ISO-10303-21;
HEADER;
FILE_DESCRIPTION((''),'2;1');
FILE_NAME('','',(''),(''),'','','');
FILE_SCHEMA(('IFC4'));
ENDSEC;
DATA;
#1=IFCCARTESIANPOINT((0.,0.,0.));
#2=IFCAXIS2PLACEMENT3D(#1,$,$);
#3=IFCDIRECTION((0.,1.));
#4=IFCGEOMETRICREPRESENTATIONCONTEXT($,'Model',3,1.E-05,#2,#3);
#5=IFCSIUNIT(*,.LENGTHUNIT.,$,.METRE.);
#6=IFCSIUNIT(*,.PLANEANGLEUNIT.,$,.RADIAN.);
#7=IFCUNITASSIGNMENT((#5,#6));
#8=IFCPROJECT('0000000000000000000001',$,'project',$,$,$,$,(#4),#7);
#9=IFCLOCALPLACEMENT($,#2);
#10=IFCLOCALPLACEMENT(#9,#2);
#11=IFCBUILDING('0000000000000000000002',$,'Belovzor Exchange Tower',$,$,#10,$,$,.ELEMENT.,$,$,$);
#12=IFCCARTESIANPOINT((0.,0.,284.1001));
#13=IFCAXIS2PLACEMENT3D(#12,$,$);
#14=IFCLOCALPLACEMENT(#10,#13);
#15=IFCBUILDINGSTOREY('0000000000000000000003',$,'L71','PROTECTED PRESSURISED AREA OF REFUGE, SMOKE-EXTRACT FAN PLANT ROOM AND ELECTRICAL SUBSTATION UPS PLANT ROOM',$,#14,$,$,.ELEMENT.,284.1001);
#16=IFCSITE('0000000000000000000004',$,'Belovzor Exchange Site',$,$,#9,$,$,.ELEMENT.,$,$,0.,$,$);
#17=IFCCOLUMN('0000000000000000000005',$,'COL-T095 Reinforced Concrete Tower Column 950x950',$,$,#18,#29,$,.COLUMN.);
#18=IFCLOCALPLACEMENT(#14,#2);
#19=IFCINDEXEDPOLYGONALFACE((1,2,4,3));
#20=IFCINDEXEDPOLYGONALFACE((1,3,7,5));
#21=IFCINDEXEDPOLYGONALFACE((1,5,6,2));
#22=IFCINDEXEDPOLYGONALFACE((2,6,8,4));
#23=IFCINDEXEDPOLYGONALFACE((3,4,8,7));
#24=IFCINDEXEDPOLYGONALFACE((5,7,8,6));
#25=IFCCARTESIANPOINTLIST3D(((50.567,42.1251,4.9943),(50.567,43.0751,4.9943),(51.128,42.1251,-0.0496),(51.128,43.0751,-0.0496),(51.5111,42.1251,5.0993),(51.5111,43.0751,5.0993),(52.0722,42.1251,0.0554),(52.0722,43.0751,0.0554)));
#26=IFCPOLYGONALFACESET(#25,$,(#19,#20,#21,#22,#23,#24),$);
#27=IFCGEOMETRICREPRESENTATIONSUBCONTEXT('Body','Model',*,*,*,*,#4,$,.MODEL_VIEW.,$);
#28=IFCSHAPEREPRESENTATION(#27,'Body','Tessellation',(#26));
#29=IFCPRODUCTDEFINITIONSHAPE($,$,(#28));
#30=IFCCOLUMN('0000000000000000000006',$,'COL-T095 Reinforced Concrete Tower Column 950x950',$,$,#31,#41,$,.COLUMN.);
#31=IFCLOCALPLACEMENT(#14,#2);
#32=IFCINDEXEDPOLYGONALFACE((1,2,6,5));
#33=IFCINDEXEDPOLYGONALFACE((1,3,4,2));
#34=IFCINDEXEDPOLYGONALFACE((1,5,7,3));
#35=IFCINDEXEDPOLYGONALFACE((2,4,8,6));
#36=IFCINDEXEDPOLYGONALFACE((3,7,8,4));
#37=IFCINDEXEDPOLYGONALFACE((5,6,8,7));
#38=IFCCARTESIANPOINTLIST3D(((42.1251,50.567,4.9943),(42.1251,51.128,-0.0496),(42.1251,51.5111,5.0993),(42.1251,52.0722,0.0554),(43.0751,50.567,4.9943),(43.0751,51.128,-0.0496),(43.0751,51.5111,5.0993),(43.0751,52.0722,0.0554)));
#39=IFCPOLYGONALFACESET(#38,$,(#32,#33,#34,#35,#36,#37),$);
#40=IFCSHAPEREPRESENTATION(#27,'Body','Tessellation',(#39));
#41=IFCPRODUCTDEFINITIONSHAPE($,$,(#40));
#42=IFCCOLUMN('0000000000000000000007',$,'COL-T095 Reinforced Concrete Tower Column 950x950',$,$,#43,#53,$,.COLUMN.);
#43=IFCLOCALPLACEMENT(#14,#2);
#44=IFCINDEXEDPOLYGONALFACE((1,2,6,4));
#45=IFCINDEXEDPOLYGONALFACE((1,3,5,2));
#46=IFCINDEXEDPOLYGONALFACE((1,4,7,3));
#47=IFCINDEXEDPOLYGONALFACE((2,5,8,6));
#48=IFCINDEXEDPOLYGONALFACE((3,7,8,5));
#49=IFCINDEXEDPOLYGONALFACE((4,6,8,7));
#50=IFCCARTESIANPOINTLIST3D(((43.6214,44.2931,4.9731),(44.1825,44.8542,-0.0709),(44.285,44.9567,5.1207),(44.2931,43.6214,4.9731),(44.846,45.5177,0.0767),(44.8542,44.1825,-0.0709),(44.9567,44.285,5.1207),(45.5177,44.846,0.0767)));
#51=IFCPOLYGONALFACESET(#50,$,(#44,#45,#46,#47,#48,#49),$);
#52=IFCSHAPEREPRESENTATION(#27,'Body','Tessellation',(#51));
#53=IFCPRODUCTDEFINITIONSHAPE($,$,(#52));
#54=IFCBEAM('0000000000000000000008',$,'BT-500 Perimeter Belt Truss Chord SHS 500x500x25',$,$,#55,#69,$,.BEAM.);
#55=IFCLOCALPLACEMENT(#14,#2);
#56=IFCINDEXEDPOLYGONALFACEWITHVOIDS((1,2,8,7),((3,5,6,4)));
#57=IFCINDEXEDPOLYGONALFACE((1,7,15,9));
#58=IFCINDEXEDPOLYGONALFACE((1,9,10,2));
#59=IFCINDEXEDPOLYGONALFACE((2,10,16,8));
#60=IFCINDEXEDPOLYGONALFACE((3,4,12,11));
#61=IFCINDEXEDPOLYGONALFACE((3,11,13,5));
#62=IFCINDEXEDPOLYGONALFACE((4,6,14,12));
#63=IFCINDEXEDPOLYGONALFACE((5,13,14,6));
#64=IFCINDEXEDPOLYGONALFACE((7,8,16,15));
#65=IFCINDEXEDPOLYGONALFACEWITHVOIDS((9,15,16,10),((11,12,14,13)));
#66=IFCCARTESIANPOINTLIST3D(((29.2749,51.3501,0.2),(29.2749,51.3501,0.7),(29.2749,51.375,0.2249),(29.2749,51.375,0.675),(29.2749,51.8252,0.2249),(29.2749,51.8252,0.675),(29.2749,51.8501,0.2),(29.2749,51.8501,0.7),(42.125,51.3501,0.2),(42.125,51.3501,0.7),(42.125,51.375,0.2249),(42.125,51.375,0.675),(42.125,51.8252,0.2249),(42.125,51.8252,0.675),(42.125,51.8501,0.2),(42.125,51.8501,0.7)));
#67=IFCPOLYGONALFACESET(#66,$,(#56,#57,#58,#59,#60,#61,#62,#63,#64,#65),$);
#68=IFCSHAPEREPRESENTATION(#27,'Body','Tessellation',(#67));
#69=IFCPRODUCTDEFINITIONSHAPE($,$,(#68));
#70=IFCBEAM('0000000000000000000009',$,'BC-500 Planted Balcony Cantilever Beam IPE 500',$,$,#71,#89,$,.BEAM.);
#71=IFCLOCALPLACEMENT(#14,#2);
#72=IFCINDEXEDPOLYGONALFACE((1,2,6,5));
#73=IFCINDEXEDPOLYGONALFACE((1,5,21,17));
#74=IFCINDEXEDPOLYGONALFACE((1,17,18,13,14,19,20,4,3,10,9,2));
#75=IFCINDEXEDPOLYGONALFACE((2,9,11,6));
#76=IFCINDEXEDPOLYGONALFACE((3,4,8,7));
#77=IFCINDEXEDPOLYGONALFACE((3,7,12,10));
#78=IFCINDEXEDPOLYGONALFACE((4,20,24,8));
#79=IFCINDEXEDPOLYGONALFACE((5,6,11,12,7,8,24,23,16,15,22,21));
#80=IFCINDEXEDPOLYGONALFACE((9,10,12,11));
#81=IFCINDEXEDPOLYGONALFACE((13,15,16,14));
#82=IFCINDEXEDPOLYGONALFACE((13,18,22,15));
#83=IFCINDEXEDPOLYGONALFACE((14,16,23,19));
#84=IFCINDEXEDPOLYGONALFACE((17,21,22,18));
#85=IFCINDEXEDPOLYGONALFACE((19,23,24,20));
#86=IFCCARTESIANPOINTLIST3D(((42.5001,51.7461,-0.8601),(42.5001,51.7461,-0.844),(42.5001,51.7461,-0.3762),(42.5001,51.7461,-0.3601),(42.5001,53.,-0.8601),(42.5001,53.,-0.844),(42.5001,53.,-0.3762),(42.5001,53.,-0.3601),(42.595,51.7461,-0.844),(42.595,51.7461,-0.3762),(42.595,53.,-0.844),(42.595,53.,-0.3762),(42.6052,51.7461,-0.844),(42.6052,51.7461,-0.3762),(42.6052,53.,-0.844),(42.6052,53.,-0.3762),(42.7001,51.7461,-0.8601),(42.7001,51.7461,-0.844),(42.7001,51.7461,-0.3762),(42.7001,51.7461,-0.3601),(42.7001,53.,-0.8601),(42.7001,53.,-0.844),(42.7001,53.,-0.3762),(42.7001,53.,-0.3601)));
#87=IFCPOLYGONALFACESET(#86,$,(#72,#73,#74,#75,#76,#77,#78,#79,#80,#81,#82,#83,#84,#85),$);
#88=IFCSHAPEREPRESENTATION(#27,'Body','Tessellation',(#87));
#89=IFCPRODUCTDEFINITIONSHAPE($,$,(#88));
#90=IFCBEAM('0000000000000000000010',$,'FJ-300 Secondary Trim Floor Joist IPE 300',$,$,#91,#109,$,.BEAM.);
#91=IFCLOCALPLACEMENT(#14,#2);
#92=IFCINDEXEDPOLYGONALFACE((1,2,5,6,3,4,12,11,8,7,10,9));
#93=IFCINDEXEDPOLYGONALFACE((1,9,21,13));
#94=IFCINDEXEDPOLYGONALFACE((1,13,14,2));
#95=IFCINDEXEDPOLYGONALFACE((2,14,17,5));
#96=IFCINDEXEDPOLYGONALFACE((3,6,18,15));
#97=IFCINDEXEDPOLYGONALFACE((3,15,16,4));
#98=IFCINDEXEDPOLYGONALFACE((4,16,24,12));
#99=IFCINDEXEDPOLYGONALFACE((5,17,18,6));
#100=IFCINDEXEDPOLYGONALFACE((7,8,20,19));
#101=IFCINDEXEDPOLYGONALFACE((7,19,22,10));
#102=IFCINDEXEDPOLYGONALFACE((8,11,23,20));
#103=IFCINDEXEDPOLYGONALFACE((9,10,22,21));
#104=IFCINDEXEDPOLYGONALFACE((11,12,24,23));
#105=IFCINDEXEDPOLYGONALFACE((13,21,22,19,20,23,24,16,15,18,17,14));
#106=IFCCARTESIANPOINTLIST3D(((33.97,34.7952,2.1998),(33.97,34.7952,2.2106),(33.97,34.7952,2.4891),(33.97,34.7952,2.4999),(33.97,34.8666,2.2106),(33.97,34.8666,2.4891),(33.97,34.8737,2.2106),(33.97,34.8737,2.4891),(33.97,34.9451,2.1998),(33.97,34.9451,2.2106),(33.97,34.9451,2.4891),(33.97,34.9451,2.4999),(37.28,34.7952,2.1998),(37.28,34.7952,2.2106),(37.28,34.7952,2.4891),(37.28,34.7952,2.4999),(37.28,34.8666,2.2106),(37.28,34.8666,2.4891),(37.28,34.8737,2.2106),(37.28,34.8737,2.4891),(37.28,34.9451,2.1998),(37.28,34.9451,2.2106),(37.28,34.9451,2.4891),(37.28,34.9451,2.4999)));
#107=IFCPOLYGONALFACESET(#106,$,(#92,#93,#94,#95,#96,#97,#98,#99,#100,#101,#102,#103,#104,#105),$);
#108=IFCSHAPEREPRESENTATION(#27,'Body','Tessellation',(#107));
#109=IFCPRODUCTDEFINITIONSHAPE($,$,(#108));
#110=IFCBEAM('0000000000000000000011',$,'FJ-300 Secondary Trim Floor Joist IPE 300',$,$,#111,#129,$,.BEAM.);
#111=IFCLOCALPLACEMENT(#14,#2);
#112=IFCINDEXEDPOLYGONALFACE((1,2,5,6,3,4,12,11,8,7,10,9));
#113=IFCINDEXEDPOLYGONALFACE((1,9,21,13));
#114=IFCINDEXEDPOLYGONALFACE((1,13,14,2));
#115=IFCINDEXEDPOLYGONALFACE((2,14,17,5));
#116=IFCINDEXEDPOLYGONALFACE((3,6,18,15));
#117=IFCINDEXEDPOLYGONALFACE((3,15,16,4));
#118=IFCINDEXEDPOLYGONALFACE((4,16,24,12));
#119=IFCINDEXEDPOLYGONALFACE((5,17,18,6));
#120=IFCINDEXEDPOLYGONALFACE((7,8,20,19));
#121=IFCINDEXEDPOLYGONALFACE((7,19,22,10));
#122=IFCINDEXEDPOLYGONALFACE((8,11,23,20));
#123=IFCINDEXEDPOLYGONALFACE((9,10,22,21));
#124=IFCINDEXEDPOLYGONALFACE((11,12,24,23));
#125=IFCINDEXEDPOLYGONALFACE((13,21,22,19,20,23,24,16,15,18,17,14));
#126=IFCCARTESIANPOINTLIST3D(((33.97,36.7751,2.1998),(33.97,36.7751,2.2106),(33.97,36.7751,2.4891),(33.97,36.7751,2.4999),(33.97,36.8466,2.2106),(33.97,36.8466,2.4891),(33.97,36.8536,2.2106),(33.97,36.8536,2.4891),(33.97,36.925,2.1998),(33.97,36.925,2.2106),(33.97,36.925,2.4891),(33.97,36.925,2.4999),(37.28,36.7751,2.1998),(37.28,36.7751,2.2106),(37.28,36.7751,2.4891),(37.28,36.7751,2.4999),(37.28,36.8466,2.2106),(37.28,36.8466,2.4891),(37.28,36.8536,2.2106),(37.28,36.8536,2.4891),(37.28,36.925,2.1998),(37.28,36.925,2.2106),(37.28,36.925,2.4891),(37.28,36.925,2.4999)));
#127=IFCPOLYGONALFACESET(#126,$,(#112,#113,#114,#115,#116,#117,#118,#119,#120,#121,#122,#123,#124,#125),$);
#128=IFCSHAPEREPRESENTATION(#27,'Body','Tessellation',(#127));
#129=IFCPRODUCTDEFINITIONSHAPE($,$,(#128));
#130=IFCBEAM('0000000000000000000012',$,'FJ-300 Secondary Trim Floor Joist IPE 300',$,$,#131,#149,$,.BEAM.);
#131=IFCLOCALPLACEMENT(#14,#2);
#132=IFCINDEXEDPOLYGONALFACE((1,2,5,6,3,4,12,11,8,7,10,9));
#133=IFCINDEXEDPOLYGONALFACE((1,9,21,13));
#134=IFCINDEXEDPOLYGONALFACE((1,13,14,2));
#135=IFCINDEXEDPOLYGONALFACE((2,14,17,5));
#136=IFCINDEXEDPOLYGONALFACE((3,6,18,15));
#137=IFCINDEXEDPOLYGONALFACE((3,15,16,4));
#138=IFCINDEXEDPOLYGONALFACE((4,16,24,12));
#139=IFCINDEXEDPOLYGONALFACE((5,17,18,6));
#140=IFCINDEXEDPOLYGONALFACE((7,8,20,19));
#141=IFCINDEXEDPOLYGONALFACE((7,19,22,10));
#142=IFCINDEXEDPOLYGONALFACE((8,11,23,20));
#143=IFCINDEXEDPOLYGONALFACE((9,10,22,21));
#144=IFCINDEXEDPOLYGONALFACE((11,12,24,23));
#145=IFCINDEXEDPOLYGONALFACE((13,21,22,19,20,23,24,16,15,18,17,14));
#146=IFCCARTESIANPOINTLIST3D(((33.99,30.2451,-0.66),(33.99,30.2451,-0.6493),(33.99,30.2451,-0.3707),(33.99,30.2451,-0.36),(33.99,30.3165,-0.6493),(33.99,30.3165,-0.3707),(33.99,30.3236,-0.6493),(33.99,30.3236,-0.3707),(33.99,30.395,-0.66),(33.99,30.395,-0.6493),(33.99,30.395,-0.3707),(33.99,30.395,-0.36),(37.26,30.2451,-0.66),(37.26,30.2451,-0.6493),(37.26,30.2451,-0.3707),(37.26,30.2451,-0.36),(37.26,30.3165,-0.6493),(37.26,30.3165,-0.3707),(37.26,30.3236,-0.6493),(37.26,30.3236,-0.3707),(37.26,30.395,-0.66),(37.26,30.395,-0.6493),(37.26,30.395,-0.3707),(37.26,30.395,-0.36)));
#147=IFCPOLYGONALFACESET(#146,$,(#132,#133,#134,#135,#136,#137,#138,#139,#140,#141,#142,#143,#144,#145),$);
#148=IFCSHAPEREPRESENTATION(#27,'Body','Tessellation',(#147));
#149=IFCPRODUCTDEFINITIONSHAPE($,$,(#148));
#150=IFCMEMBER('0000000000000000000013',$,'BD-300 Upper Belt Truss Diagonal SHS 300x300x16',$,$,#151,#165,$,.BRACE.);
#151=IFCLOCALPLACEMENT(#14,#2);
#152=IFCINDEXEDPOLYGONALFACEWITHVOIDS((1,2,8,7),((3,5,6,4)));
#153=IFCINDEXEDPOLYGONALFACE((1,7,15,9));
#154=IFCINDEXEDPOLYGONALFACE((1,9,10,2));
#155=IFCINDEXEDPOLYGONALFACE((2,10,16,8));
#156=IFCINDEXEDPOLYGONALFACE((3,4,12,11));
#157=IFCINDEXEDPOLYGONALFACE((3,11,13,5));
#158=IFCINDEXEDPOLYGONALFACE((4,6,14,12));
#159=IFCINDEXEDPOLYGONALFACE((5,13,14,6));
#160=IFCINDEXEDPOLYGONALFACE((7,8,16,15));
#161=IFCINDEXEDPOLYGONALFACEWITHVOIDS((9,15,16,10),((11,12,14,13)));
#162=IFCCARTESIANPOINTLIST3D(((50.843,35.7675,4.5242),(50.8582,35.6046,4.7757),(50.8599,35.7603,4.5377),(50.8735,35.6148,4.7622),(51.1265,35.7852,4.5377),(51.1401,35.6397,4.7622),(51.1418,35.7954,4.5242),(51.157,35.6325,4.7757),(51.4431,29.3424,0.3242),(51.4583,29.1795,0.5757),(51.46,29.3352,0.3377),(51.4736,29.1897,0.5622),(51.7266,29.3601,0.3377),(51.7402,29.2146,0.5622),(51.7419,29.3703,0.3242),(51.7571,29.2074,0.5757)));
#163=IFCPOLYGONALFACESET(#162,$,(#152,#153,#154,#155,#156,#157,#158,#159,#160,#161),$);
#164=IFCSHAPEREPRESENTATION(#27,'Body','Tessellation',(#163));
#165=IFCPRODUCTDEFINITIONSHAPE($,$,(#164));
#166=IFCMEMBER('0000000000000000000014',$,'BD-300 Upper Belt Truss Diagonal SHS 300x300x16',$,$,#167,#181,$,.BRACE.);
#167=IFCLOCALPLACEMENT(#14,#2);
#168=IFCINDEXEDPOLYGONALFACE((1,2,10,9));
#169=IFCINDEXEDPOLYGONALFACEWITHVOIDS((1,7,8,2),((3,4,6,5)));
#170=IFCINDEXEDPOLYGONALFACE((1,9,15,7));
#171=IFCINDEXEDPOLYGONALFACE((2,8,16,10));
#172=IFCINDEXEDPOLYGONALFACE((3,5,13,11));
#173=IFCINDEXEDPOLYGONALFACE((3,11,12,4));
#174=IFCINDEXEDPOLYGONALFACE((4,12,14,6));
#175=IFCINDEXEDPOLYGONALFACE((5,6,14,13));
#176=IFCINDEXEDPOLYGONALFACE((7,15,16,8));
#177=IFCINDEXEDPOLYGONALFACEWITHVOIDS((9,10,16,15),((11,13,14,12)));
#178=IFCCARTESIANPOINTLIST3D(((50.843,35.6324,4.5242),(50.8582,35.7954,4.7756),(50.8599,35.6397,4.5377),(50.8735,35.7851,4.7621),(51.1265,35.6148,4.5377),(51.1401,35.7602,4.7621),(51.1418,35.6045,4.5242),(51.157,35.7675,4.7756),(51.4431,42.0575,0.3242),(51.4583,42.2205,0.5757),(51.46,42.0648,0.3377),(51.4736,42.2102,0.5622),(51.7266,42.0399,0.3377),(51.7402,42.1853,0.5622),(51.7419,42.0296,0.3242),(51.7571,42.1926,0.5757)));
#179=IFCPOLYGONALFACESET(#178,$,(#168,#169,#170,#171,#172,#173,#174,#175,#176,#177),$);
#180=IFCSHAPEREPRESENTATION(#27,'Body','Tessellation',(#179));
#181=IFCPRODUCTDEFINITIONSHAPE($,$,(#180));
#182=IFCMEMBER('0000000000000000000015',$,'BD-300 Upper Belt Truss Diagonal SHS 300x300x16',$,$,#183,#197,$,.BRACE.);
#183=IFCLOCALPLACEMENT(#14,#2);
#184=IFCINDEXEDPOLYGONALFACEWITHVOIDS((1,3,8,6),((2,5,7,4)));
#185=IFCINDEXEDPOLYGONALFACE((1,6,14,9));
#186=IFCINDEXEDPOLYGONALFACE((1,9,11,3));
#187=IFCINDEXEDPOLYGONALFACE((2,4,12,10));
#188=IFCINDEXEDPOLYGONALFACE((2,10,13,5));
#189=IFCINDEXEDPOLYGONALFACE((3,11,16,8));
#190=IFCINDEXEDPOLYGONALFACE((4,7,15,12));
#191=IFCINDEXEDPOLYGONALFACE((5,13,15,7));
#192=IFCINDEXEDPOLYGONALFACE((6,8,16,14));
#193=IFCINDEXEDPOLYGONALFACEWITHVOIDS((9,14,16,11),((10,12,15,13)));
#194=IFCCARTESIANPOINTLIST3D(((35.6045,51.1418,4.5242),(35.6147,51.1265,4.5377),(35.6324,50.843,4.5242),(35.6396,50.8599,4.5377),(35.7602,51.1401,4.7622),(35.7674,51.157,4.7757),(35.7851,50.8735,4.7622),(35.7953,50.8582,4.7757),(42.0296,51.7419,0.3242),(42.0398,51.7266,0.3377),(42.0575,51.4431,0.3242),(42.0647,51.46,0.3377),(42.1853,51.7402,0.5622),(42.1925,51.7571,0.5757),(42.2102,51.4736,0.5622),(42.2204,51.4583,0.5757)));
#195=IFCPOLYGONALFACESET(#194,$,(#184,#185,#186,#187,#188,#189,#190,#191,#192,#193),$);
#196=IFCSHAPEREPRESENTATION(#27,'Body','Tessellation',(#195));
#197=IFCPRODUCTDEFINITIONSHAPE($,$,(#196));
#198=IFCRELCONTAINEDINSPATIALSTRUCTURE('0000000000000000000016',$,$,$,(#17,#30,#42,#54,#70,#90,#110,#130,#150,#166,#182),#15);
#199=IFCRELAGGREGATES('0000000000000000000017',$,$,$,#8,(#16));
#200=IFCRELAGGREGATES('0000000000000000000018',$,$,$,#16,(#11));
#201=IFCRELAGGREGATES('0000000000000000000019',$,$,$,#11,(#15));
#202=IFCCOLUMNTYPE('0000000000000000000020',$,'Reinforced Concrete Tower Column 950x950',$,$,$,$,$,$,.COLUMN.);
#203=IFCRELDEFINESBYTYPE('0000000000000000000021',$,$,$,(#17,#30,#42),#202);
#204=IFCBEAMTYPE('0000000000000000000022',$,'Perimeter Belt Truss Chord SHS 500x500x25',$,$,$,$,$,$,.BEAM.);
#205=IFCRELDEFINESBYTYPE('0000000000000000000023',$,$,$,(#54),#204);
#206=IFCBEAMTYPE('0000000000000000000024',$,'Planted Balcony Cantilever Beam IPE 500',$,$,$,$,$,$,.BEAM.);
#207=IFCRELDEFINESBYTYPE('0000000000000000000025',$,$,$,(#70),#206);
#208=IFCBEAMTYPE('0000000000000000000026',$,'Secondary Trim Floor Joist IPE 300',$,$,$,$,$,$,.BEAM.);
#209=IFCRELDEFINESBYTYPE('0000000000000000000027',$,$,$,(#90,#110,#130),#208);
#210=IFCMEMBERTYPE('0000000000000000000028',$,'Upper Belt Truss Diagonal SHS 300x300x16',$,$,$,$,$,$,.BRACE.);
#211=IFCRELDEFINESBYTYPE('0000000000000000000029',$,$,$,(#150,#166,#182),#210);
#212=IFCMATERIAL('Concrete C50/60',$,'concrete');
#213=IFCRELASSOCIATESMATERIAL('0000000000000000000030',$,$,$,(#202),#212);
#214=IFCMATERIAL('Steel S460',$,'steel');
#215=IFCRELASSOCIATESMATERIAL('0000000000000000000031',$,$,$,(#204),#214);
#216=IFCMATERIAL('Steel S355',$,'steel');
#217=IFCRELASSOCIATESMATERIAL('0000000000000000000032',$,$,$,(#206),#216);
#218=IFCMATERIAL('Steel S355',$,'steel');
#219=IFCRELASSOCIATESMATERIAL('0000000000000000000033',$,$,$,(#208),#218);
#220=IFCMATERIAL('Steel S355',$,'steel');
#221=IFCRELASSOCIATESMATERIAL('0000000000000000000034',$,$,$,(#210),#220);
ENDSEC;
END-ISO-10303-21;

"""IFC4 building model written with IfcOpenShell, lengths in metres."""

from ifc_helpers import new_model, si_unit, direction, frame, origin, origin_2d, place, context, subcontext, project, spatial, rectangle, hollow_rectangle, i_section, extrude, material, material_profile, profile_set, type_object, element, save


model = new_model("IFC4")

# Units and contexts
model_context = context("Model", 3, precision=1e-05, world=origin(), true_north=direction((0.0, 1.0)))
body_context = subcontext(model_context, "Body", "Model", "MODEL_VIEW")
ifc_project = project(units=[si_unit("LENGTHUNIT", "METRE"), si_unit("PLANEANGLEUNIT", "RADIAN")], contexts=[model_context])

# Site, building, storey
site_placement = place(None, origin())
site = spatial("IfcSite", under=ifc_project, at=site_placement, Name="Belovzor Exchange Site", CompositionType="ELEMENT", RefElevation=0.0)
building_placement = place(site_placement, origin())
building = spatial("IfcBuilding", under=site, at=building_placement, Name="Belovzor Exchange Tower", CompositionType="ELEMENT")
storey_placement = place(building_placement, frame((0.0, 0.0, 284.1001)))
storey = spatial("IfcBuildingStorey", under=building, at=storey_placement, Name="L71", Description="PROTECTED PRESSURISED AREA OF REFUGE, SMOKE-EXTRACT FAN PLANT ROOM AND ELECTRICAL SUBSTATION UPS PLANT ROOM", CompositionType="ELEMENT", Elevation=284.1001)

# Columns
ifc_material_1 = material(Name="Concrete C50/60", Category="concrete")
ifc_material_profile_1 = material_profile(ifc_material_1, rectangle(XDim=0.95, YDim=0.95, at=origin_2d()))
ifc_profile_set_1 = profile_set([ifc_material_profile_1], Name="Concrete C50/60")
column_type = type_object("IfcColumnType", Name="Reinforced Concrete Tower Column 950x950", PredefinedType="COLUMN", material=ifc_profile_set_1)
for number, where, z_axis, x_axis, name in (
    (1, (51.6001, 42.6001, 0.0029), (-0.110548, 0.0, 0.993871), (0.0, -1.0, 0.0), "COL-T095 Reinforced Concrete Tower Column 950x950"),
    (2, (42.6001, 51.6001, 0.0029), (0.0, -0.110548, 0.993871), (1.0, 0.0, 0.0), "COL-T095 Reinforced Concrete Tower Column 950x950"),
):
    element("IfcColumn", number, at=place(storey_placement, frame(where, z_axis=z_axis, x_axis=x_axis)), inside=storey, type_object=column_type, Name=name, PredefinedType="COLUMN", context=body_context, shape_type="SweptSolid", body=[
        extrude(rectangle(XDim=0.95, YDim=0.95, at=origin_2d()), origin(), (0.0, 0.0, 1.0), 5.075),
    ])
column_placement = place(storey_placement, frame((44.8501, 44.8501, 0.0029), z_axis=(-0.109878, -0.109878, 0.987853), x_axis=(0.707107, -0.707107, 0.0)))
element("IfcColumn", 3, at=column_placement, inside=storey, type_object=column_type, Name="COL-T095 Reinforced Concrete Tower Column 950x950", PredefinedType="COLUMN", context=body_context, shape_type="SweptSolid", body=[
    extrude(rectangle(XDim=0.95, YDim=0.95, at=origin_2d()), origin(), (0.0, 0.0, 1.0), 5.106),
])

# Beams
ifc_material_2 = material(Name="Steel S460", Category="steel")
ifc_material_profile_2 = material_profile(ifc_material_2, hollow_rectangle(XDim=0.5, YDim=0.5, WallThickness=0.0249, at=origin_2d()))
ifc_profile_set_2 = profile_set([ifc_material_profile_2], Name="Steel S460")
beam_type_1 = type_object("IfcBeamType", Name="Perimeter Belt Truss Chord SHS 500x500x25", PredefinedType="BEAM", material=ifc_profile_set_2)
beam_1_placement = place(storey_placement, frame((42.125, 51.6001, 0.45), z_axis=(-1.0, 0.0, 0.0), x_axis=(0.0, -1.0, 0.0)))
element("IfcBeam", 4, at=beam_1_placement, inside=storey, type_object=beam_type_1, Name="BT-500 Perimeter Belt Truss Chord SHS 500x500x25", PredefinedType="BEAM", context=body_context, shape_type="SweptSolid", body=[
    extrude(hollow_rectangle(XDim=0.5, YDim=0.5, WallThickness=0.0249, at=origin_2d()), origin(), (0.0, 0.0, 1.0), 12.8501),
])
ifc_material_3 = material(Name="Steel S355", Category="steel")
ifc_material_profile_3 = material_profile(ifc_material_3, i_section(OverallWidth=0.2, OverallDepth=0.5, WebThickness=0.0103, FlangeThickness=0.0161, at=origin_2d()))
ifc_profile_set_3 = profile_set([ifc_material_profile_3], Name="Steel S355")
beam_type_2 = type_object("IfcBeamType", Name="Planted Balcony Cantilever Beam IPE 500", PredefinedType="BEAM", material=ifc_profile_set_3)
beam_2_placement = place(storey_placement, frame((42.6001, 51.7461, -0.6101), z_axis=(0.0, 1.0, 0.0), x_axis=(-1.0, 0.0, 0.0)))
element("IfcBeam", 5, at=beam_2_placement, inside=storey, type_object=beam_type_2, Name="BC-500 Planted Balcony Cantilever Beam IPE 500", PredefinedType="BEAM", context=body_context, shape_type="SweptSolid", body=[
    extrude(i_section(OverallWidth=0.2, OverallDepth=0.5, WebThickness=0.0103, FlangeThickness=0.0161, at=origin_2d()), origin(), (0.0, 0.0, 1.0), 1.2539),
])
ifc_material_4 = material(Name="Steel S355", Category="steel")
ifc_material_profile_4 = material_profile(ifc_material_4, i_section(OverallWidth=0.1499, OverallDepth=0.3, WebThickness=0.0071, FlangeThickness=0.0107, at=origin_2d()))
ifc_profile_set_4 = profile_set([ifc_material_profile_4], Name="Steel S355")
beam_type_3 = type_object("IfcBeamType", Name="Secondary Trim Floor Joist IPE 300", PredefinedType="BEAM", material=ifc_profile_set_4)
for number, where, z_axis, x_axis, name in (
    (6, (37.28, 34.8701, 2.3499), (-1.0, 0.0, 0.0), (0.0, -1.0, 0.0), "FJ-300 Secondary Trim Floor Joist IPE 300"),
    (7, (37.28, 36.8501, 2.3499), (-1.0, 0.0, 0.0), (0.0, -1.0, 0.0), "FJ-300 Secondary Trim Floor Joist IPE 300"),
):
    element("IfcBeam", number, at=place(storey_placement, frame(where, z_axis=z_axis, x_axis=x_axis)), inside=storey, type_object=beam_type_3, Name=name, PredefinedType="BEAM", context=body_context, shape_type="SweptSolid", body=[
        extrude(i_section(OverallWidth=0.1499, OverallDepth=0.3, WebThickness=0.0071, FlangeThickness=0.0107, at=origin_2d()), origin(), (0.0, 0.0, 1.0), 3.3101),
    ])
beam_3_placement = place(storey_placement, frame((37.26, 30.3201, -0.51), z_axis=(-1.0, 0.0, 0.0), x_axis=(0.0, -1.0, 0.0)))
element("IfcBeam", 8, at=beam_3_placement, inside=storey, type_object=beam_type_3, Name="FJ-300 Secondary Trim Floor Joist IPE 300", PredefinedType="BEAM", context=body_context, shape_type="SweptSolid", body=[
    extrude(i_section(OverallWidth=0.1499, OverallDepth=0.3, WebThickness=0.0071, FlangeThickness=0.0107, at=origin_2d()), origin(), (0.0, 0.0, 1.0), 3.27),
])

# Members
ifc_material_5 = material(Name="Steel S355", Category="steel")
ifc_material_profile_5 = material_profile(ifc_material_5, hollow_rectangle(XDim=0.3, YDim=0.3, WallThickness=0.0161, at=origin_2d()))
ifc_profile_set_5 = profile_set([ifc_material_profile_5], Name="Steel S355")
member_type_1 = type_object("IfcMemberType", Name="Upper Belt Truss Diagonal SHS 300x300x16", PredefinedType="BRACE", material=ifc_profile_set_5)
for number, where, z_axis, x_axis, name in (
    (9, (51.6001, 29.2749, 0.45), (-0.077941, 0.834486, 0.54549), (-0.995667, -0.092995, 0.0), "BD-300 Upper Belt Truss Diagonal SHS 300x300x16"),
    (10, (51.0, 35.7, 4.6499), (0.077941, 0.834486, -0.54549), (-0.995667, 0.092995, 0.0), "BD-300 Upper Belt Truss Diagonal SHS 300x300x16"),
    (11, (42.125, 51.6001, 0.45), (-0.834486, -0.077941, 0.54549), (0.092995, -0.995667, 0.0), "BD-300 Upper Belt Truss Diagonal SHS 300x300x16"),
):
    element("IfcMember", number, at=place(storey_placement, frame(where, z_axis=z_axis, x_axis=x_axis)), inside=storey, type_object=member_type_1, Name=name, PredefinedType="BRACE", context=body_context, shape_type="SweptSolid", body=[
        extrude(hollow_rectangle(XDim=0.3, YDim=0.3, WallThickness=0.0161, at=origin_2d()), origin(), (0.0, 0.0, 1.0), 7.6995),
    ])

save(model, "model.ifc")
